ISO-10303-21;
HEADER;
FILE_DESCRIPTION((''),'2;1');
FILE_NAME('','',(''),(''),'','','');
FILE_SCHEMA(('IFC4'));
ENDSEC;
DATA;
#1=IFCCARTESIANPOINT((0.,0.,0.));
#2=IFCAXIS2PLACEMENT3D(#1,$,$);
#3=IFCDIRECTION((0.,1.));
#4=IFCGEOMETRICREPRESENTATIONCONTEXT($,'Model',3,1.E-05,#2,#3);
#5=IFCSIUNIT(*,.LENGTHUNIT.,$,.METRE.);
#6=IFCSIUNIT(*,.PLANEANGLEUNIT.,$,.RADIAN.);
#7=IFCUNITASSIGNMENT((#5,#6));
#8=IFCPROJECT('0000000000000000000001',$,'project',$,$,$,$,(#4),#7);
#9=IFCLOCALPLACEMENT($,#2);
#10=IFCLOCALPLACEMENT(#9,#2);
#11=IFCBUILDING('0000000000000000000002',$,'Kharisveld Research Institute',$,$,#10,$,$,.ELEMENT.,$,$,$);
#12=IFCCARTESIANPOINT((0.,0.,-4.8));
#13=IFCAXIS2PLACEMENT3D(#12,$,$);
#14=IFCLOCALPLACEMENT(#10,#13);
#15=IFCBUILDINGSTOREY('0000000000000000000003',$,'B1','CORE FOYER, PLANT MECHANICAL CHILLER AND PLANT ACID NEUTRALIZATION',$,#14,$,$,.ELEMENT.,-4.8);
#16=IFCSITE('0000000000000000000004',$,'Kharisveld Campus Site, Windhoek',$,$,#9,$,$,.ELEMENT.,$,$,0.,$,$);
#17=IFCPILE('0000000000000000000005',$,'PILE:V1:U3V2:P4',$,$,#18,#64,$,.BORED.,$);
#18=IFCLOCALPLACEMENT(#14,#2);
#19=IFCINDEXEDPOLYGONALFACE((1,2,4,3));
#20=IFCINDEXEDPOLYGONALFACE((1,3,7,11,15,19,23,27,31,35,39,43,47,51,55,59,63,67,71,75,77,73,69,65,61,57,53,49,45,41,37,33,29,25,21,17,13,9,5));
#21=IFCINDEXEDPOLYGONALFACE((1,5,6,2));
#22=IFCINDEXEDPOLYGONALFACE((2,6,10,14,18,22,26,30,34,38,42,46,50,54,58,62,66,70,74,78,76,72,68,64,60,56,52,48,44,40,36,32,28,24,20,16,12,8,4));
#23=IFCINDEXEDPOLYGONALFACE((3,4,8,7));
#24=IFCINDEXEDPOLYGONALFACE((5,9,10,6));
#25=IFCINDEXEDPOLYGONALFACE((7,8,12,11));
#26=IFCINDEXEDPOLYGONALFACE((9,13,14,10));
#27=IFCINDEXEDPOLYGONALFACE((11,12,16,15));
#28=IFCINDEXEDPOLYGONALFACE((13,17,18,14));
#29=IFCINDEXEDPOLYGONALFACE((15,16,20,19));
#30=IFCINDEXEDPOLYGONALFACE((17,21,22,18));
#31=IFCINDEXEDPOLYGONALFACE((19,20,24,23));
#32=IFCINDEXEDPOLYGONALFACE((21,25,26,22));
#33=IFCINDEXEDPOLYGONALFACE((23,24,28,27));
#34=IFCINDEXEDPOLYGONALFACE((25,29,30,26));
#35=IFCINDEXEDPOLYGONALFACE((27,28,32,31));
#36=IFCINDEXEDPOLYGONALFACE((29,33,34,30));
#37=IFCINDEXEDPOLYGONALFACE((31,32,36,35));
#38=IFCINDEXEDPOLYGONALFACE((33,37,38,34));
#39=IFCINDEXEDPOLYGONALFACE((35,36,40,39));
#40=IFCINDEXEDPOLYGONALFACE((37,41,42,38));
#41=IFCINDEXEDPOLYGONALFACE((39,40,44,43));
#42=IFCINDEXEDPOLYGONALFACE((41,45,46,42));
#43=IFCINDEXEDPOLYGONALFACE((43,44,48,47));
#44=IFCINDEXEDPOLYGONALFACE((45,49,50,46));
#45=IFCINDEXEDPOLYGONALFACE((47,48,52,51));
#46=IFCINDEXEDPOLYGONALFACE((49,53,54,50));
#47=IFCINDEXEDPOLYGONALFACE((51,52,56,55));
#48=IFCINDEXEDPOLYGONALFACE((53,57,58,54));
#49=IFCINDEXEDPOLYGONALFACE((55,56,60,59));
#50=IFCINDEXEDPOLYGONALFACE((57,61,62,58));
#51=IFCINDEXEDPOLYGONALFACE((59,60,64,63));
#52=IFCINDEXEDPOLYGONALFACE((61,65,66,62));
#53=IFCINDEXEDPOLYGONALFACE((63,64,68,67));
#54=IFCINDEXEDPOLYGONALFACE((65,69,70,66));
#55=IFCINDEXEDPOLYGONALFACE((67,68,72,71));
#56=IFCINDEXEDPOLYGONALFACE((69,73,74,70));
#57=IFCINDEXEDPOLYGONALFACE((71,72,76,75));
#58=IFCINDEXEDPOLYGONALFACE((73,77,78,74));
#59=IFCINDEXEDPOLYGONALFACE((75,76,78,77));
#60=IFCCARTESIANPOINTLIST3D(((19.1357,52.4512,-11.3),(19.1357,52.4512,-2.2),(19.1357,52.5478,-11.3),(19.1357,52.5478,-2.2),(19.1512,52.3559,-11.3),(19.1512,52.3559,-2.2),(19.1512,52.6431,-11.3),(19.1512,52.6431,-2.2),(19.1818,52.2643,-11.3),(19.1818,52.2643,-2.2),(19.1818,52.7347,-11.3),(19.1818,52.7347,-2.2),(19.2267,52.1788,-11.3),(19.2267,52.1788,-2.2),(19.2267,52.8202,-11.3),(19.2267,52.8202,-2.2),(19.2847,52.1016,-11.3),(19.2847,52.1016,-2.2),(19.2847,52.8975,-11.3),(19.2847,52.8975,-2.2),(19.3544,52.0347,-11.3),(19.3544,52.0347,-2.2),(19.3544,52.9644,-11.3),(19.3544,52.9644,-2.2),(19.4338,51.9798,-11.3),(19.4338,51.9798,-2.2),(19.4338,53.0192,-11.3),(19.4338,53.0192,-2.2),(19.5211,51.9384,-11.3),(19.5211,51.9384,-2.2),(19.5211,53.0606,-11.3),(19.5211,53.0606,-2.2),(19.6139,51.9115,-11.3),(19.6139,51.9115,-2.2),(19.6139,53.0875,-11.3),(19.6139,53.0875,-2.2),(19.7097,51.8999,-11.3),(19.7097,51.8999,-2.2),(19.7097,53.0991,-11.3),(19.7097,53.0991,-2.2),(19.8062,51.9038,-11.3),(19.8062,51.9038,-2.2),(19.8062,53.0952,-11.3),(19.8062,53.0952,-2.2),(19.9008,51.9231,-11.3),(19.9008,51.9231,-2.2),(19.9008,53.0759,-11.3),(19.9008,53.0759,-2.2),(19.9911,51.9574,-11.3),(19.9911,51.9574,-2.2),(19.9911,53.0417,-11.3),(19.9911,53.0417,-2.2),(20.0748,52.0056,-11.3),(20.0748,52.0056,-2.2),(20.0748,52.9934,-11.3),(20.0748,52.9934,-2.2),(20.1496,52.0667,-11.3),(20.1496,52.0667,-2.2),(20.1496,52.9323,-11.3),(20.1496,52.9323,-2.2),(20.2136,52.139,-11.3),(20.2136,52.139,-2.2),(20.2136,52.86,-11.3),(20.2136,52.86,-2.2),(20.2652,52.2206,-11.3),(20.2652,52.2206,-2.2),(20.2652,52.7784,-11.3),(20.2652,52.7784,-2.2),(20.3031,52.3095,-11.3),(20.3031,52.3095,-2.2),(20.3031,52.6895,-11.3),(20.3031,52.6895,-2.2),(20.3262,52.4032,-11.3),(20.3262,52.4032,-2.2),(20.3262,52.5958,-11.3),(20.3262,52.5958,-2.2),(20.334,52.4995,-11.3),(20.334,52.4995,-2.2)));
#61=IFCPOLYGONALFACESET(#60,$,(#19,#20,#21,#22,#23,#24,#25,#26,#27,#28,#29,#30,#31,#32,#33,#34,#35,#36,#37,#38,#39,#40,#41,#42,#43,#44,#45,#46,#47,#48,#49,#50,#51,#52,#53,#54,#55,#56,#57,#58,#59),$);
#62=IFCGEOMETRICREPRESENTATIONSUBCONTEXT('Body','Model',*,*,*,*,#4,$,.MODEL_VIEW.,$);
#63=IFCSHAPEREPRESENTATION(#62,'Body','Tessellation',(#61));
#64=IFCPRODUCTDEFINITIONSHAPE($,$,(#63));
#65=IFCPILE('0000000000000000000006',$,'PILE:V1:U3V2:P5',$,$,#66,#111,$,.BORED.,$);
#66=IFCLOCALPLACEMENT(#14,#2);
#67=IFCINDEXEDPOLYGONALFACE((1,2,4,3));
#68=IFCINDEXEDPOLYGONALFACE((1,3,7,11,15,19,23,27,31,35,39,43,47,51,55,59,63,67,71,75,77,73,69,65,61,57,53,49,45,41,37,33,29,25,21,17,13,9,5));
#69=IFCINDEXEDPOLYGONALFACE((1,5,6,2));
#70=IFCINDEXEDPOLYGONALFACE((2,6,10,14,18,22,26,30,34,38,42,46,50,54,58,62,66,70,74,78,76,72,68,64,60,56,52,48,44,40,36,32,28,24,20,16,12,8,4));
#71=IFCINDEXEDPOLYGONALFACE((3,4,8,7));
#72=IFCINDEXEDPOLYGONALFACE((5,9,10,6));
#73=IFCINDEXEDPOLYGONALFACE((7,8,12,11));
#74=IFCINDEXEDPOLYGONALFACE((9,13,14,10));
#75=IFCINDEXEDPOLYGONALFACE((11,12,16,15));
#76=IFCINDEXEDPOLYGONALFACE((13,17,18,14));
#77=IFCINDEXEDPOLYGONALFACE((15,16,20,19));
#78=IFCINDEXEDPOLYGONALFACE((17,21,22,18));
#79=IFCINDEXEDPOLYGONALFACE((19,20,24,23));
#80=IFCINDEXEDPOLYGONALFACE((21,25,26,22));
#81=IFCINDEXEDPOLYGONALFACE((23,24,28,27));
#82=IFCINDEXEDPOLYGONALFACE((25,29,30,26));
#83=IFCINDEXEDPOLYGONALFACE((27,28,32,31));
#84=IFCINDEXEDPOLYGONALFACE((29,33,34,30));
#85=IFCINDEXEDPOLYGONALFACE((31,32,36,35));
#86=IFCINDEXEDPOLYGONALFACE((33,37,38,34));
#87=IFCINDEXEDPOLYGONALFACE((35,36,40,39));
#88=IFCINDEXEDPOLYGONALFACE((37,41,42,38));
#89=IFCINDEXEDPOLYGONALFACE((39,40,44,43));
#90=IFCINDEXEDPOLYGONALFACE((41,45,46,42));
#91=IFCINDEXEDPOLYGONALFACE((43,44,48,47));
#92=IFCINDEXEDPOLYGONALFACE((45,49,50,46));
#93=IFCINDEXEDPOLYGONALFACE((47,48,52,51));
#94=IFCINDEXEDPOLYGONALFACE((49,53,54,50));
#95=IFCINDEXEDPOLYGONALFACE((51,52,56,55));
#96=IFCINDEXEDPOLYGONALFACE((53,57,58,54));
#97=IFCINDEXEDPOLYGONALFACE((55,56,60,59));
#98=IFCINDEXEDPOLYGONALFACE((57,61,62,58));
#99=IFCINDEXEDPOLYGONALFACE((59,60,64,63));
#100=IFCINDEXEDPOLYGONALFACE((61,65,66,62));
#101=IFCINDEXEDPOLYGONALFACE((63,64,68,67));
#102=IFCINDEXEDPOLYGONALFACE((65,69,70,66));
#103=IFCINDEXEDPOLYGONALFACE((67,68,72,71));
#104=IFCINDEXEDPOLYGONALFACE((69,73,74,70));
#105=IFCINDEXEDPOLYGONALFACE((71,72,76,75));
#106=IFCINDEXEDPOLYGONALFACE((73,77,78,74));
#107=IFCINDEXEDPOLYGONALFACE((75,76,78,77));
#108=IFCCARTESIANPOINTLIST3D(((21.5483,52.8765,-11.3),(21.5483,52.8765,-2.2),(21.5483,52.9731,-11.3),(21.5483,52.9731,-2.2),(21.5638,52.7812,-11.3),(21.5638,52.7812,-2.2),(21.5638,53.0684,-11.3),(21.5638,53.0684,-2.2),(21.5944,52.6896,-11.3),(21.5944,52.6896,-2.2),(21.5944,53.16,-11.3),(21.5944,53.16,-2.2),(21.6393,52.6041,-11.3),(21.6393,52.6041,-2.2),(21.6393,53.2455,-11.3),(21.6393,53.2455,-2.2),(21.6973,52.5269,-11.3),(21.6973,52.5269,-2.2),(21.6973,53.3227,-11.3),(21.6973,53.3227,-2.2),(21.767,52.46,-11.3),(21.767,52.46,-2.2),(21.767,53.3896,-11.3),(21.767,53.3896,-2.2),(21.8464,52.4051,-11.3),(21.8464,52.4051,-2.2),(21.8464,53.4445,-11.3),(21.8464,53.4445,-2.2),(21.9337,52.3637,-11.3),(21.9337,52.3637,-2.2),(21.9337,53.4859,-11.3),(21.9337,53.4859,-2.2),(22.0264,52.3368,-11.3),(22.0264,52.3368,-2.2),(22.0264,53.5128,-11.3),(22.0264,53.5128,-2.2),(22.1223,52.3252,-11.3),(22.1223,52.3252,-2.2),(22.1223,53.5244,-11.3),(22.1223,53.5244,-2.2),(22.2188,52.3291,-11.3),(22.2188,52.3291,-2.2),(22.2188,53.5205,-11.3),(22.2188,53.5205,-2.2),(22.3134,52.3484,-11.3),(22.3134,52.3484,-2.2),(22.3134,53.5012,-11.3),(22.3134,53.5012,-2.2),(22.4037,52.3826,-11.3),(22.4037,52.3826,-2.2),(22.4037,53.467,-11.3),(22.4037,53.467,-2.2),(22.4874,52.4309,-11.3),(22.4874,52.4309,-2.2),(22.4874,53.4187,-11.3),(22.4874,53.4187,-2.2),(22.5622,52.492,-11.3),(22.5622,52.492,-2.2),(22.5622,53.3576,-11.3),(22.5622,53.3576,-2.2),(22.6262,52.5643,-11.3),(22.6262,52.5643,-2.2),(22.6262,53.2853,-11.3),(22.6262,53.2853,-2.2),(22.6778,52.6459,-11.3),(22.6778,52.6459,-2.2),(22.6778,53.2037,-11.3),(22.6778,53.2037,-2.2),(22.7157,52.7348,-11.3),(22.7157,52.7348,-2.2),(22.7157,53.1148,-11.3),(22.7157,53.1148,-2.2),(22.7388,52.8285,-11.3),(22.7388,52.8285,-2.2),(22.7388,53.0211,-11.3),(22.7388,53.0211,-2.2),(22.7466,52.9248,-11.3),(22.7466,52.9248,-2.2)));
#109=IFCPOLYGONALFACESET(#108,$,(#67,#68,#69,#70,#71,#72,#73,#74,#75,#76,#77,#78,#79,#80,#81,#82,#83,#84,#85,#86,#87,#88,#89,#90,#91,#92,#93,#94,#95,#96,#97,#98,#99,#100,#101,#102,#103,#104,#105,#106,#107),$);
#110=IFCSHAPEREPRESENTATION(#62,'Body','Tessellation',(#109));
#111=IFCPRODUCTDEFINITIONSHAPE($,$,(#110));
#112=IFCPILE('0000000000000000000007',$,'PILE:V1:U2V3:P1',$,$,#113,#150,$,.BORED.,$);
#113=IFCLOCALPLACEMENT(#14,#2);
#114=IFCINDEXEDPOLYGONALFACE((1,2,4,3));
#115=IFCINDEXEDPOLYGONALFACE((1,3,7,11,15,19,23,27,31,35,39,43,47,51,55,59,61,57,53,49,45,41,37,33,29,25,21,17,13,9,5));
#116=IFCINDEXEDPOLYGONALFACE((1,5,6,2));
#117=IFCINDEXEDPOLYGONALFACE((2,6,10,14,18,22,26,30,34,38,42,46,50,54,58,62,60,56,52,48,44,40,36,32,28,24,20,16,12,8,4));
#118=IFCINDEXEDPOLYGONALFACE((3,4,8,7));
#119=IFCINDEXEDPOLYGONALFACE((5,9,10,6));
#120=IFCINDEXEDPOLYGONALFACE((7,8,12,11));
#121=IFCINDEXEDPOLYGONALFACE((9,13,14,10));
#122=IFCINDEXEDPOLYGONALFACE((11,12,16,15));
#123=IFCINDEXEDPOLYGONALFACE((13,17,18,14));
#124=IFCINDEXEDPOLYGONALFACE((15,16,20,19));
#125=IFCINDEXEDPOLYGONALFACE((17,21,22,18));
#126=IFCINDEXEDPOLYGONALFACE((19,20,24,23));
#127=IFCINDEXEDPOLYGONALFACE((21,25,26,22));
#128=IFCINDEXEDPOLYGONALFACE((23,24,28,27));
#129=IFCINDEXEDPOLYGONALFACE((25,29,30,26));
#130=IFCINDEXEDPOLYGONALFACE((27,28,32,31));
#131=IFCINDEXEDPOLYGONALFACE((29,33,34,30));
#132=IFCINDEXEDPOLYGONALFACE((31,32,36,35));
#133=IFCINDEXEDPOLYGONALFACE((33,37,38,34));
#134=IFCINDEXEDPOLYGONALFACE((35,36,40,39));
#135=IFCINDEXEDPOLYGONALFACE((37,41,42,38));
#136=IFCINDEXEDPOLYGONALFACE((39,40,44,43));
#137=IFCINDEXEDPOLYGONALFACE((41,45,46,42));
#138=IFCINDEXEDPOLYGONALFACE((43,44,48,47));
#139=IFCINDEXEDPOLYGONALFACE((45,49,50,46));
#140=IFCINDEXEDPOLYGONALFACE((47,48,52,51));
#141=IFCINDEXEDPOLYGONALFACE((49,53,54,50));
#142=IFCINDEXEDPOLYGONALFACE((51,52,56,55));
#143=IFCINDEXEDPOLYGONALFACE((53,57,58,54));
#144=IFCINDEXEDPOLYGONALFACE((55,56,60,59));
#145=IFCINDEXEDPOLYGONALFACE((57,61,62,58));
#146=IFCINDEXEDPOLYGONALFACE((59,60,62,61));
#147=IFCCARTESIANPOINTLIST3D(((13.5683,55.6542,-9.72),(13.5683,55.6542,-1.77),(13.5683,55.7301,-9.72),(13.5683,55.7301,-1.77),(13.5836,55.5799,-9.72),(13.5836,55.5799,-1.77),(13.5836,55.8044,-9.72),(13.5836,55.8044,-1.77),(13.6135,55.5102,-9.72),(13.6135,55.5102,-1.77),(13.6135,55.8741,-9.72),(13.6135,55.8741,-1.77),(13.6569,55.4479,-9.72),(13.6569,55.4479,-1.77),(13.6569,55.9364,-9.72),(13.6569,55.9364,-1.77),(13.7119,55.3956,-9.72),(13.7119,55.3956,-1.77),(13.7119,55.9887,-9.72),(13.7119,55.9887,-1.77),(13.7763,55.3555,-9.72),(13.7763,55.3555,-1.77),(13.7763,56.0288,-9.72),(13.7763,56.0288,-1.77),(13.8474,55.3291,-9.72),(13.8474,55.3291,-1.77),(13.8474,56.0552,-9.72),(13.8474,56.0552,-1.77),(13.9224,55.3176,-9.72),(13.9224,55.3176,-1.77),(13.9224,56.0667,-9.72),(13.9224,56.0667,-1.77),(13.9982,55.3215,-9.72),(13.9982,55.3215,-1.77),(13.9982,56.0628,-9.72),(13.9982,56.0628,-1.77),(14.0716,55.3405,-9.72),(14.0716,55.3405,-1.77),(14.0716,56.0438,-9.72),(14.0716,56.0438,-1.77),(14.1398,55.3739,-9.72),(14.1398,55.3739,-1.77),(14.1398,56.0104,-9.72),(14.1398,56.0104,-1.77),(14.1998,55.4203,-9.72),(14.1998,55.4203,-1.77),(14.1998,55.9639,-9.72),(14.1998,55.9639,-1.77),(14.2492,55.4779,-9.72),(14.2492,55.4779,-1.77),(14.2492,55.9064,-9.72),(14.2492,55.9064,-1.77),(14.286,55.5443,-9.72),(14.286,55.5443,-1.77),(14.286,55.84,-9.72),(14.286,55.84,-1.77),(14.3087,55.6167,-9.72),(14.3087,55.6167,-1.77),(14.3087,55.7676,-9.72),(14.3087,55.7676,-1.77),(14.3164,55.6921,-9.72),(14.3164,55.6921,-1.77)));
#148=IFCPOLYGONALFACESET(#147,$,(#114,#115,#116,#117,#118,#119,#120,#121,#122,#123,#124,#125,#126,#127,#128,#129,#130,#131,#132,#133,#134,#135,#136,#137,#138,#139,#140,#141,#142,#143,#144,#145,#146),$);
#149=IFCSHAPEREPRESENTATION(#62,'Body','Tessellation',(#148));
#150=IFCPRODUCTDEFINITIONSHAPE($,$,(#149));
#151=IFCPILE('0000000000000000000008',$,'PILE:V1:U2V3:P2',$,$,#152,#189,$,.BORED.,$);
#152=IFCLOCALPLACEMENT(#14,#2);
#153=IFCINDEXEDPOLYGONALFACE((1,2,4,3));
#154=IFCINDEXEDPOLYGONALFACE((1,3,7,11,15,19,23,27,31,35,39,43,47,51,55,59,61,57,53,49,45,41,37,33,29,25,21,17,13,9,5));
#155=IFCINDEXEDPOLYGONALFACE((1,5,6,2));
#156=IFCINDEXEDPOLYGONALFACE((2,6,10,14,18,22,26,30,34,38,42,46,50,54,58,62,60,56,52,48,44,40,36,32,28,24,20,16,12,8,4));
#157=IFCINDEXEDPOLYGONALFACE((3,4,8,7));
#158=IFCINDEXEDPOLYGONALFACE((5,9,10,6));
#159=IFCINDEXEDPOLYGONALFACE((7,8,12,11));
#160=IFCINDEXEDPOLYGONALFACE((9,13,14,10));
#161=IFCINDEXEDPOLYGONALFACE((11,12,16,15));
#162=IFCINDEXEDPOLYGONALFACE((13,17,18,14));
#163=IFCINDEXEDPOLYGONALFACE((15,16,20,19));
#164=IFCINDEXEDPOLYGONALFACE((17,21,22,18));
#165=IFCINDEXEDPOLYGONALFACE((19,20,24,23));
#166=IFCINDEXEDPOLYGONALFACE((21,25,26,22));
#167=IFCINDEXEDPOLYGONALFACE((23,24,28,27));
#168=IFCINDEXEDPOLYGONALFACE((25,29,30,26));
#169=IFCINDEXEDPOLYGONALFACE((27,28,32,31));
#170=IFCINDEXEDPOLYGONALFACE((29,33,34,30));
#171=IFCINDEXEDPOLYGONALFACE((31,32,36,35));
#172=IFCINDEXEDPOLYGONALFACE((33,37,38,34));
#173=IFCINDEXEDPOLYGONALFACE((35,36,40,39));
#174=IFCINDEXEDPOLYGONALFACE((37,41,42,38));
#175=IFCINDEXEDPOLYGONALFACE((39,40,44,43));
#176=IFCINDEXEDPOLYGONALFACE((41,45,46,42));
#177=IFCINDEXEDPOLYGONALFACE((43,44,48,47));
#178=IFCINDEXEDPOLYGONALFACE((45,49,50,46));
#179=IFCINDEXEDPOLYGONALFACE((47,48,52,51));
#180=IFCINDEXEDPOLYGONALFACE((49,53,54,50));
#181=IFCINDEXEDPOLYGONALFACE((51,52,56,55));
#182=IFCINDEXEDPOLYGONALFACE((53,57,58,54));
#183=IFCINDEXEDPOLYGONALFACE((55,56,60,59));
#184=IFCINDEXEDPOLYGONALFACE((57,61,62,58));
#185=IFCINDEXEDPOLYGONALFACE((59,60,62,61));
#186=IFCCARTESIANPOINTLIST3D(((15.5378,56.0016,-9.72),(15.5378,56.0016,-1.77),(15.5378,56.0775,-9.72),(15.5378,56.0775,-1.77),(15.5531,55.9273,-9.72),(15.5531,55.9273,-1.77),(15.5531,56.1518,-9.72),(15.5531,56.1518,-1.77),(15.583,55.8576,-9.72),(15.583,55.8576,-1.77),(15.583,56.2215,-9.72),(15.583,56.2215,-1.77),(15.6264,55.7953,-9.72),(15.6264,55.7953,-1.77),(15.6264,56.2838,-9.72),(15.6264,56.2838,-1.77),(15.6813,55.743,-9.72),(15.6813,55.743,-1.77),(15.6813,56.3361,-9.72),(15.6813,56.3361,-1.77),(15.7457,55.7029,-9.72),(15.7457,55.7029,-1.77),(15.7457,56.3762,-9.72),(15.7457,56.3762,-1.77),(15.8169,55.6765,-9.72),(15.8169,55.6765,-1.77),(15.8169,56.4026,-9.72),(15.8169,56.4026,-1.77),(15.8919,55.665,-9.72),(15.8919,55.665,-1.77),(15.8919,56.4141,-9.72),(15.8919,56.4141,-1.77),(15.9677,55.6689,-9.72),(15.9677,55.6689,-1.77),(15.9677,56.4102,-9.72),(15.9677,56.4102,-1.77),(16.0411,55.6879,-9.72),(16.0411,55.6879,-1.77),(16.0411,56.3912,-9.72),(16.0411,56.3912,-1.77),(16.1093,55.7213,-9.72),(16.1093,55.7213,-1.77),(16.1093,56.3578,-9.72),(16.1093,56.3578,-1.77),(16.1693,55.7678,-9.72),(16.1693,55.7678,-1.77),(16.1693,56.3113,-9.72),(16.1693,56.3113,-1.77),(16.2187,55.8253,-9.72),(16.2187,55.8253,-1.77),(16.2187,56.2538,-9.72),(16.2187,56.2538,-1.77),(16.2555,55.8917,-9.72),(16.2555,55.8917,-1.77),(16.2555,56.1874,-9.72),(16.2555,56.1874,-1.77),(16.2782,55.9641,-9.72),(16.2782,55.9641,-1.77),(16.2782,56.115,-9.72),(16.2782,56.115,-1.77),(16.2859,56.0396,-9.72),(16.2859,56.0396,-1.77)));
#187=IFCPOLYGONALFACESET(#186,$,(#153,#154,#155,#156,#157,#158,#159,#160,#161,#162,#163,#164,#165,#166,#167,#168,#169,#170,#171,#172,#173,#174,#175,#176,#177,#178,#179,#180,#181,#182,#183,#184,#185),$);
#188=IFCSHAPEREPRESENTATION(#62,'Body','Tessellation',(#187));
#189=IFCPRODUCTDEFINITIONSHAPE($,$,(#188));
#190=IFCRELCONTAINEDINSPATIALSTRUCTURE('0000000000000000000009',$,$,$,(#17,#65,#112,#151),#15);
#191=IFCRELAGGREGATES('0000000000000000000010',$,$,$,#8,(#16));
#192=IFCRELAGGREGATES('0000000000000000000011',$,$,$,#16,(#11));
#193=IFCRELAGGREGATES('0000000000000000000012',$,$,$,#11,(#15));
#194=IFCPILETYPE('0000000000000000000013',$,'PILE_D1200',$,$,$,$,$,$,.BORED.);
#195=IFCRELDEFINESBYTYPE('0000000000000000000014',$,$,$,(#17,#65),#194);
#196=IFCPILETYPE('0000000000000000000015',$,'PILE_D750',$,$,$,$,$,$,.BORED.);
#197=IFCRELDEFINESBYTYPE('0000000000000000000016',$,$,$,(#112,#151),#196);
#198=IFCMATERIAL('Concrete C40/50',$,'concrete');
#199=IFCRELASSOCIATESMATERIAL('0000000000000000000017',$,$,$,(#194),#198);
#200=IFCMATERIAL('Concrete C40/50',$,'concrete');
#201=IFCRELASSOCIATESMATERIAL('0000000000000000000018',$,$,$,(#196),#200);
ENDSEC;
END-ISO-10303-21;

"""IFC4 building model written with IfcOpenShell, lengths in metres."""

from ifc_helpers import new_model, si_unit, direction, frame, origin, origin_2d, place, context, subcontext, project, spatial, circle, extrude, material, material_profile, profile_set, type_object, element, save


model = new_model("IFC4")

# Units and contexts
model_context = context("Model", 3, precision=1e-05, world=origin(), true_north=direction((0.0, 1.0)))
body_context = subcontext(model_context, "Body", "Model", "MODEL_VIEW")
ifc_project = project(units=[si_unit("LENGTHUNIT", "METRE"), si_unit("PLANEANGLEUNIT", "RADIAN")], contexts=[model_context])

# Site, building, storey
site_placement = place(None, origin())
site = spatial("IfcSite", under=ifc_project, at=site_placement, Name="Kharisveld Campus Site, Windhoek", CompositionType="ELEMENT", RefElevation=0.0)
building_placement = place(site_placement, origin())
building = spatial("IfcBuilding", under=site, at=building_placement, Name="Kharisveld Research Institute", CompositionType="ELEMENT")
storey_placement = place(building_placement, frame((0.0, 0.0, -4.8)))
storey = spatial("IfcBuildingStorey", under=building, at=storey_placement, Name="B1", Description="CORE FOYER, PLANT MECHANICAL CHILLER AND PLANT ACID NEUTRALIZATION", CompositionType="ELEMENT", Elevation=-4.8)

# Piles
ifc_material_1 = material(Name="Concrete C40/50", Category="concrete")
ifc_material_profile_1 = material_profile(ifc_material_1, circle(Radius=0.6001, at=origin_2d()))
ifc_profile_set_1 = profile_set([ifc_material_profile_1], Name="Concrete C40/50")
pile_type_1 = type_object("IfcPileType", Name="PILE_D1200", PredefinedType="BORED", material=ifc_profile_set_1)
for number, where, z_axis, x_axis, name in (
    (1, (19.7339, 52.4995, -2.2), (0.0, 0.0, -1.0), (1.0, 0.0, 0.0), "PILE:V1:U3V2:P4"),
    (2, (22.1465, 52.9248, -2.2), (0.0, 0.0, -1.0), (1.0, 0.0, 0.0), "PILE:V1:U3V2:P5"),
):
    element("IfcPile", number, at=place(storey_placement, frame(where, z_axis=z_axis, x_axis=x_axis)), inside=storey, type_object=pile_type_1, Name=name, PredefinedType="BORED", context=body_context, shape_type="SweptSolid", body=[
        extrude(circle(Radius=0.6001, at=origin_2d()), origin(), (0.0, 0.0, 1.0), 9.1001),
    ])
ifc_material_2 = material(Name="Concrete C40/50", Category="concrete")
ifc_material_profile_2 = material_profile(ifc_material_2, circle(Radius=0.375, at=origin_2d()))
ifc_profile_set_2 = profile_set([ifc_material_profile_2], Name="Concrete C40/50")
pile_type_2 = type_object("IfcPileType", Name="PILE_D750", PredefinedType="BORED", material=ifc_profile_set_2)
for number, where, z_axis, x_axis, name in (
    (3, (13.9414, 55.6921, -1.77), (0.0, 0.0, -1.0), (1.0, 0.0, 0.0), "PILE:V1:U2V3:P1"),
    (4, (15.9109, 56.0396, -1.77), (0.0, 0.0, -1.0), (1.0, 0.0, 0.0), "PILE:V1:U2V3:P2"),
):
    element("IfcPile", number, at=place(storey_placement, frame(where, z_axis=z_axis, x_axis=x_axis)), inside=storey, type_object=pile_type_2, Name=name, PredefinedType="BORED", context=body_context, shape_type="SweptSolid", body=[
        extrude(circle(Radius=0.375, at=origin_2d()), origin(), (0.0, 0.0, 1.0), 7.95),
    ])

save(model, "model.ifc")
